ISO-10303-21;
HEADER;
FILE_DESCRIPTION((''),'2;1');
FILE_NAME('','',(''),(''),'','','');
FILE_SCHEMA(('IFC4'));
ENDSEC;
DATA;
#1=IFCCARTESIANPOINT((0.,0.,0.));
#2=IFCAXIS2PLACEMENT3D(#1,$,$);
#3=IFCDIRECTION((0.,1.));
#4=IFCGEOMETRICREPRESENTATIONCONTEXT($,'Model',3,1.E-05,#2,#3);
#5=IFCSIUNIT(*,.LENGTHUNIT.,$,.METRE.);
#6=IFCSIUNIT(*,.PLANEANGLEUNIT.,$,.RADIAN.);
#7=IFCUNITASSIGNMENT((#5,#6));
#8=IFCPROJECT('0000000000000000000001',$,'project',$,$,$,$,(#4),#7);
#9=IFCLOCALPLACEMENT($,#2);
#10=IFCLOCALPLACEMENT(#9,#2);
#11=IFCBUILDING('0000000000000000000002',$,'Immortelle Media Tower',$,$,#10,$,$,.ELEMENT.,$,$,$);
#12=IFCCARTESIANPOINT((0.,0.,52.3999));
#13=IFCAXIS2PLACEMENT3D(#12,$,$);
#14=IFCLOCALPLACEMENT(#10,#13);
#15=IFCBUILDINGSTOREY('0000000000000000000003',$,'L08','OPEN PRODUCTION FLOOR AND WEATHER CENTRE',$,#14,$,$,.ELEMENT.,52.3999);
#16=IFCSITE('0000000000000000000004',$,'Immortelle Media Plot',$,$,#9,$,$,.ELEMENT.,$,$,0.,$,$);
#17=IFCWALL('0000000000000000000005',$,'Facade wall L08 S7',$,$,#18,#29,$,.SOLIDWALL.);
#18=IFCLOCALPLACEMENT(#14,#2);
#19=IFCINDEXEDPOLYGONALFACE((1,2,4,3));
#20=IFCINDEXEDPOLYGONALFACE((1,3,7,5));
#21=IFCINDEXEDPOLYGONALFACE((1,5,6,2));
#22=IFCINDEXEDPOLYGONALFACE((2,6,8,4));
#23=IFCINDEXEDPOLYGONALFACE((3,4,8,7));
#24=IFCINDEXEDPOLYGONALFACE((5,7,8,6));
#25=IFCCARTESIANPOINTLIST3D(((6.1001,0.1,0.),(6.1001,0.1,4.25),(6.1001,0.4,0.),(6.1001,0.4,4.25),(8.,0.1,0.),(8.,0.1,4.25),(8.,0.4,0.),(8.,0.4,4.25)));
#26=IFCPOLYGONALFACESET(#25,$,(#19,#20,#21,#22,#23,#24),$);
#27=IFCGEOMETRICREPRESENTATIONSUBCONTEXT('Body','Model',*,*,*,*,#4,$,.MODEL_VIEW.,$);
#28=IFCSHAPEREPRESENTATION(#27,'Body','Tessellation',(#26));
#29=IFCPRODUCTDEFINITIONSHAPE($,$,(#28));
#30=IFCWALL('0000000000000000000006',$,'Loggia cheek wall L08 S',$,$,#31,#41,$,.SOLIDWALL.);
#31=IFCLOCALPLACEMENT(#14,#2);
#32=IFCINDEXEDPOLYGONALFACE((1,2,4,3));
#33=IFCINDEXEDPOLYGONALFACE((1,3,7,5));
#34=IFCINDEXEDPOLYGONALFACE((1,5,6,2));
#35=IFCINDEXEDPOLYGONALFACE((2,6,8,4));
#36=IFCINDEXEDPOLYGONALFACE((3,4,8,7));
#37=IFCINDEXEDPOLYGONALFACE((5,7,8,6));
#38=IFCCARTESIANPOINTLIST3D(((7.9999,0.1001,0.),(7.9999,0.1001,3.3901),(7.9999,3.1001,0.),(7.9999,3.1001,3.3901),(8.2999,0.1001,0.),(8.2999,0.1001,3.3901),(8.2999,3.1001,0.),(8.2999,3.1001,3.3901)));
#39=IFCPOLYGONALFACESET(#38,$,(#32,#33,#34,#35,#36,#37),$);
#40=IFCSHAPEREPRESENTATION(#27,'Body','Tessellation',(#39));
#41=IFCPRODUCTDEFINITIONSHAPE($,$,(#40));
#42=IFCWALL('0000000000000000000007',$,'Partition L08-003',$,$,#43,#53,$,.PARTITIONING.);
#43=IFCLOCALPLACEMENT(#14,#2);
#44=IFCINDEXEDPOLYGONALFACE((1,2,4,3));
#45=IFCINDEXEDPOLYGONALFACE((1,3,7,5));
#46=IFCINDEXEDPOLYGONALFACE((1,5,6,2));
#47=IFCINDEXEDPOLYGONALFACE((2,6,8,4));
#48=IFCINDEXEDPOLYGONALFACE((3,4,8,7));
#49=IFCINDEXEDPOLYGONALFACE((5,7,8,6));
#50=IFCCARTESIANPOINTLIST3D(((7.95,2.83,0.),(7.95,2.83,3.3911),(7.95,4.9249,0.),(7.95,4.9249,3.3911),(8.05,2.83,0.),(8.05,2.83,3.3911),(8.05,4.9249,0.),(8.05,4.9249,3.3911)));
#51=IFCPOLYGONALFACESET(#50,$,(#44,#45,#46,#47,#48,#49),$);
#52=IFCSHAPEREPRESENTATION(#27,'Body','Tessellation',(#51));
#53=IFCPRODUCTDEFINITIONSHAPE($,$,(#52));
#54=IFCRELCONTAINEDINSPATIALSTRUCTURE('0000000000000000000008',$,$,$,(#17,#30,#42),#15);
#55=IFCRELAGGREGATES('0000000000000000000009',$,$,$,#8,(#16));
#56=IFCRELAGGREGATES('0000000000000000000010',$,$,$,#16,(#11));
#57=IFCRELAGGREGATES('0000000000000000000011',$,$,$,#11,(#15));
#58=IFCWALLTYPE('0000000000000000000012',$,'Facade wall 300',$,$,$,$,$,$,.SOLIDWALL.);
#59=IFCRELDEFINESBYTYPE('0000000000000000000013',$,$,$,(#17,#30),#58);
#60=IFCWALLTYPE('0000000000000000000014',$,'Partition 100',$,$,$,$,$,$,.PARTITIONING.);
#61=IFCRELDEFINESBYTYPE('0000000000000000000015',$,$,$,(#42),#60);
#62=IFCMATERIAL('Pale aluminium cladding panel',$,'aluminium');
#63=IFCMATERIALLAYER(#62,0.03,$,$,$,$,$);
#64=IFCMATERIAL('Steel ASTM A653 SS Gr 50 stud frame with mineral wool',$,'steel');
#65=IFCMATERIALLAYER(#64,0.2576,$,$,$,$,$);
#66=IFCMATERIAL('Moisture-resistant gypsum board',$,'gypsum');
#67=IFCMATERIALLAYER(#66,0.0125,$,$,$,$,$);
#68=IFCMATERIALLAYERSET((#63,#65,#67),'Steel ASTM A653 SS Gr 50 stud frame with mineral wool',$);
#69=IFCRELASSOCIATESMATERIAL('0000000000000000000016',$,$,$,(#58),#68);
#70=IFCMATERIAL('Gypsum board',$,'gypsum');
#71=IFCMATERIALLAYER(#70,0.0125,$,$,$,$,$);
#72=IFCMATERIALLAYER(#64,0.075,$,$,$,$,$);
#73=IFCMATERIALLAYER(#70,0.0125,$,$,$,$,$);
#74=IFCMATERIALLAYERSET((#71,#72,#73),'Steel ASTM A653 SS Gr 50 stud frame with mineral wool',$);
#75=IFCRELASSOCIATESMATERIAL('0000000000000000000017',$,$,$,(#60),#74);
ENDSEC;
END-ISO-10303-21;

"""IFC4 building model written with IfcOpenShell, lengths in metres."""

from ifc_helpers import new_model, si_unit, direction, frame, frame_2d, origin, place, context, subcontext, project, spatial, rectangle, extrude, material, layer, layer_set, type_object, element, save


model = new_model("IFC4")

# Units and contexts
model_context = context("Model", 3, precision=1e-05, world=origin(), true_north=direction((0.0, 1.0)))
body_context = subcontext(model_context, "Body", "Model", "MODEL_VIEW")
ifc_project = project(units=[si_unit("LENGTHUNIT", "METRE"), si_unit("PLANEANGLEUNIT", "RADIAN")], contexts=[model_context])

# Site, building, storey
site_placement = place(None, origin())
site = spatial("IfcSite", under=ifc_project, at=site_placement, Name="Immortelle Media Plot", CompositionType="ELEMENT", RefElevation=0.0)
building_placement = place(site_placement, origin())
building = spatial("IfcBuilding", under=site, at=building_placement, Name="Immortelle Media Tower", CompositionType="ELEMENT")
storey_placement = place(building_placement, frame((0.0, 0.0, 52.3999)))
storey = spatial("IfcBuildingStorey", under=building, at=storey_placement, Name="L08", Description="OPEN PRODUCTION FLOOR AND WEATHER CENTRE", CompositionType="ELEMENT", Elevation=52.3999)

# Wall
ifc_material_1 = material(Name="Pale aluminium cladding panel", Category="aluminium")
ifc_layer_1 = layer(ifc_material_1, 0.03)
ifc_material_2 = material(Name="Steel ASTM A653 SS Gr 50 stud frame with mineral wool", Category="steel")
ifc_layer_2 = layer(ifc_material_2, 0.2576)
ifc_material_3 = material(Name="Moisture-resistant gypsum board", Category="gypsum")
ifc_layer_3 = layer(ifc_material_3, 0.0125)
ifc_layer_set_1 = layer_set([ifc_layer_1, ifc_layer_2, ifc_layer_3], Name="Steel ASTM A653 SS Gr 50 stud frame with mineral wool")
wall_type_1 = type_object("IfcWallType", Name="Facade wall 300", PredefinedType="SOLIDWALL", material=ifc_layer_set_1)
wall_1_placement = place(storey_placement, frame((6.1001, 0.25, 0.0), z_axis=(0.0, 0.0, 1.0), x_axis=(1.0, 0.0, 0.0)))
element("IfcWall", 1, at=wall_1_placement, inside=storey, type_object=wall_type_1, Name="Facade wall L08 S7", PredefinedType="SOLIDWALL", context=body_context, shape_type="SweptSolid", body=[
    extrude(rectangle(XDim=1.8999, YDim=0.3, at=frame_2d((0.95, 0.0))), origin(), (0.0, 0.0, 1.0), 4.25),
])

# Walls
wall_2_placement = place(storey_placement, frame((8.1499, 0.1001, 0.0), z_axis=(0.0, 0.0, 1.0), x_axis=(0.0, 1.0, 0.0)))
element("IfcWall", 2, at=wall_2_placement, inside=storey, type_object=wall_type_1, Name="Loggia cheek wall L08 S", PredefinedType="SOLIDWALL", context=body_context, shape_type="SweptSolid", body=[
    extrude(rectangle(XDim=3.0, YDim=0.3, at=frame_2d((1.5, 0.0))), origin(), (0.0, 0.0, 1.0), 3.3901),
])
ifc_material_4 = material(Name="Gypsum board", Category="gypsum")
ifc_layer_4 = layer(ifc_material_4, 0.0125)
ifc_layer_5 = layer(ifc_material_2, 0.075)
ifc_layer_6 = layer(ifc_material_4, 0.0125)
ifc_layer_set_2 = layer_set([ifc_layer_4, ifc_layer_5, ifc_layer_6], Name="Steel ASTM A653 SS Gr 50 stud frame with mineral wool")
wall_type_2 = type_object("IfcWallType", Name="Partition 100", PredefinedType="PARTITIONING", material=ifc_layer_set_2)
wall_3_placement = place(storey_placement, frame((8.0, 2.8301, 0.0), z_axis=(0.0, 0.0, 1.0), x_axis=(0.0, 1.0, 0.0)))
element("IfcWall", 3, at=wall_3_placement, inside=storey, type_object=wall_type_2, Name="Partition L08-003", PredefinedType="PARTITIONING", context=body_context, shape_type="SweptSolid", body=[
    extrude(rectangle(XDim=2.095, YDim=0.1001, at=frame_2d((1.0474, 0.0))), origin(), (0.0, 0.0, 1.0), 3.3911),
])

save(model, "model.ifc")
